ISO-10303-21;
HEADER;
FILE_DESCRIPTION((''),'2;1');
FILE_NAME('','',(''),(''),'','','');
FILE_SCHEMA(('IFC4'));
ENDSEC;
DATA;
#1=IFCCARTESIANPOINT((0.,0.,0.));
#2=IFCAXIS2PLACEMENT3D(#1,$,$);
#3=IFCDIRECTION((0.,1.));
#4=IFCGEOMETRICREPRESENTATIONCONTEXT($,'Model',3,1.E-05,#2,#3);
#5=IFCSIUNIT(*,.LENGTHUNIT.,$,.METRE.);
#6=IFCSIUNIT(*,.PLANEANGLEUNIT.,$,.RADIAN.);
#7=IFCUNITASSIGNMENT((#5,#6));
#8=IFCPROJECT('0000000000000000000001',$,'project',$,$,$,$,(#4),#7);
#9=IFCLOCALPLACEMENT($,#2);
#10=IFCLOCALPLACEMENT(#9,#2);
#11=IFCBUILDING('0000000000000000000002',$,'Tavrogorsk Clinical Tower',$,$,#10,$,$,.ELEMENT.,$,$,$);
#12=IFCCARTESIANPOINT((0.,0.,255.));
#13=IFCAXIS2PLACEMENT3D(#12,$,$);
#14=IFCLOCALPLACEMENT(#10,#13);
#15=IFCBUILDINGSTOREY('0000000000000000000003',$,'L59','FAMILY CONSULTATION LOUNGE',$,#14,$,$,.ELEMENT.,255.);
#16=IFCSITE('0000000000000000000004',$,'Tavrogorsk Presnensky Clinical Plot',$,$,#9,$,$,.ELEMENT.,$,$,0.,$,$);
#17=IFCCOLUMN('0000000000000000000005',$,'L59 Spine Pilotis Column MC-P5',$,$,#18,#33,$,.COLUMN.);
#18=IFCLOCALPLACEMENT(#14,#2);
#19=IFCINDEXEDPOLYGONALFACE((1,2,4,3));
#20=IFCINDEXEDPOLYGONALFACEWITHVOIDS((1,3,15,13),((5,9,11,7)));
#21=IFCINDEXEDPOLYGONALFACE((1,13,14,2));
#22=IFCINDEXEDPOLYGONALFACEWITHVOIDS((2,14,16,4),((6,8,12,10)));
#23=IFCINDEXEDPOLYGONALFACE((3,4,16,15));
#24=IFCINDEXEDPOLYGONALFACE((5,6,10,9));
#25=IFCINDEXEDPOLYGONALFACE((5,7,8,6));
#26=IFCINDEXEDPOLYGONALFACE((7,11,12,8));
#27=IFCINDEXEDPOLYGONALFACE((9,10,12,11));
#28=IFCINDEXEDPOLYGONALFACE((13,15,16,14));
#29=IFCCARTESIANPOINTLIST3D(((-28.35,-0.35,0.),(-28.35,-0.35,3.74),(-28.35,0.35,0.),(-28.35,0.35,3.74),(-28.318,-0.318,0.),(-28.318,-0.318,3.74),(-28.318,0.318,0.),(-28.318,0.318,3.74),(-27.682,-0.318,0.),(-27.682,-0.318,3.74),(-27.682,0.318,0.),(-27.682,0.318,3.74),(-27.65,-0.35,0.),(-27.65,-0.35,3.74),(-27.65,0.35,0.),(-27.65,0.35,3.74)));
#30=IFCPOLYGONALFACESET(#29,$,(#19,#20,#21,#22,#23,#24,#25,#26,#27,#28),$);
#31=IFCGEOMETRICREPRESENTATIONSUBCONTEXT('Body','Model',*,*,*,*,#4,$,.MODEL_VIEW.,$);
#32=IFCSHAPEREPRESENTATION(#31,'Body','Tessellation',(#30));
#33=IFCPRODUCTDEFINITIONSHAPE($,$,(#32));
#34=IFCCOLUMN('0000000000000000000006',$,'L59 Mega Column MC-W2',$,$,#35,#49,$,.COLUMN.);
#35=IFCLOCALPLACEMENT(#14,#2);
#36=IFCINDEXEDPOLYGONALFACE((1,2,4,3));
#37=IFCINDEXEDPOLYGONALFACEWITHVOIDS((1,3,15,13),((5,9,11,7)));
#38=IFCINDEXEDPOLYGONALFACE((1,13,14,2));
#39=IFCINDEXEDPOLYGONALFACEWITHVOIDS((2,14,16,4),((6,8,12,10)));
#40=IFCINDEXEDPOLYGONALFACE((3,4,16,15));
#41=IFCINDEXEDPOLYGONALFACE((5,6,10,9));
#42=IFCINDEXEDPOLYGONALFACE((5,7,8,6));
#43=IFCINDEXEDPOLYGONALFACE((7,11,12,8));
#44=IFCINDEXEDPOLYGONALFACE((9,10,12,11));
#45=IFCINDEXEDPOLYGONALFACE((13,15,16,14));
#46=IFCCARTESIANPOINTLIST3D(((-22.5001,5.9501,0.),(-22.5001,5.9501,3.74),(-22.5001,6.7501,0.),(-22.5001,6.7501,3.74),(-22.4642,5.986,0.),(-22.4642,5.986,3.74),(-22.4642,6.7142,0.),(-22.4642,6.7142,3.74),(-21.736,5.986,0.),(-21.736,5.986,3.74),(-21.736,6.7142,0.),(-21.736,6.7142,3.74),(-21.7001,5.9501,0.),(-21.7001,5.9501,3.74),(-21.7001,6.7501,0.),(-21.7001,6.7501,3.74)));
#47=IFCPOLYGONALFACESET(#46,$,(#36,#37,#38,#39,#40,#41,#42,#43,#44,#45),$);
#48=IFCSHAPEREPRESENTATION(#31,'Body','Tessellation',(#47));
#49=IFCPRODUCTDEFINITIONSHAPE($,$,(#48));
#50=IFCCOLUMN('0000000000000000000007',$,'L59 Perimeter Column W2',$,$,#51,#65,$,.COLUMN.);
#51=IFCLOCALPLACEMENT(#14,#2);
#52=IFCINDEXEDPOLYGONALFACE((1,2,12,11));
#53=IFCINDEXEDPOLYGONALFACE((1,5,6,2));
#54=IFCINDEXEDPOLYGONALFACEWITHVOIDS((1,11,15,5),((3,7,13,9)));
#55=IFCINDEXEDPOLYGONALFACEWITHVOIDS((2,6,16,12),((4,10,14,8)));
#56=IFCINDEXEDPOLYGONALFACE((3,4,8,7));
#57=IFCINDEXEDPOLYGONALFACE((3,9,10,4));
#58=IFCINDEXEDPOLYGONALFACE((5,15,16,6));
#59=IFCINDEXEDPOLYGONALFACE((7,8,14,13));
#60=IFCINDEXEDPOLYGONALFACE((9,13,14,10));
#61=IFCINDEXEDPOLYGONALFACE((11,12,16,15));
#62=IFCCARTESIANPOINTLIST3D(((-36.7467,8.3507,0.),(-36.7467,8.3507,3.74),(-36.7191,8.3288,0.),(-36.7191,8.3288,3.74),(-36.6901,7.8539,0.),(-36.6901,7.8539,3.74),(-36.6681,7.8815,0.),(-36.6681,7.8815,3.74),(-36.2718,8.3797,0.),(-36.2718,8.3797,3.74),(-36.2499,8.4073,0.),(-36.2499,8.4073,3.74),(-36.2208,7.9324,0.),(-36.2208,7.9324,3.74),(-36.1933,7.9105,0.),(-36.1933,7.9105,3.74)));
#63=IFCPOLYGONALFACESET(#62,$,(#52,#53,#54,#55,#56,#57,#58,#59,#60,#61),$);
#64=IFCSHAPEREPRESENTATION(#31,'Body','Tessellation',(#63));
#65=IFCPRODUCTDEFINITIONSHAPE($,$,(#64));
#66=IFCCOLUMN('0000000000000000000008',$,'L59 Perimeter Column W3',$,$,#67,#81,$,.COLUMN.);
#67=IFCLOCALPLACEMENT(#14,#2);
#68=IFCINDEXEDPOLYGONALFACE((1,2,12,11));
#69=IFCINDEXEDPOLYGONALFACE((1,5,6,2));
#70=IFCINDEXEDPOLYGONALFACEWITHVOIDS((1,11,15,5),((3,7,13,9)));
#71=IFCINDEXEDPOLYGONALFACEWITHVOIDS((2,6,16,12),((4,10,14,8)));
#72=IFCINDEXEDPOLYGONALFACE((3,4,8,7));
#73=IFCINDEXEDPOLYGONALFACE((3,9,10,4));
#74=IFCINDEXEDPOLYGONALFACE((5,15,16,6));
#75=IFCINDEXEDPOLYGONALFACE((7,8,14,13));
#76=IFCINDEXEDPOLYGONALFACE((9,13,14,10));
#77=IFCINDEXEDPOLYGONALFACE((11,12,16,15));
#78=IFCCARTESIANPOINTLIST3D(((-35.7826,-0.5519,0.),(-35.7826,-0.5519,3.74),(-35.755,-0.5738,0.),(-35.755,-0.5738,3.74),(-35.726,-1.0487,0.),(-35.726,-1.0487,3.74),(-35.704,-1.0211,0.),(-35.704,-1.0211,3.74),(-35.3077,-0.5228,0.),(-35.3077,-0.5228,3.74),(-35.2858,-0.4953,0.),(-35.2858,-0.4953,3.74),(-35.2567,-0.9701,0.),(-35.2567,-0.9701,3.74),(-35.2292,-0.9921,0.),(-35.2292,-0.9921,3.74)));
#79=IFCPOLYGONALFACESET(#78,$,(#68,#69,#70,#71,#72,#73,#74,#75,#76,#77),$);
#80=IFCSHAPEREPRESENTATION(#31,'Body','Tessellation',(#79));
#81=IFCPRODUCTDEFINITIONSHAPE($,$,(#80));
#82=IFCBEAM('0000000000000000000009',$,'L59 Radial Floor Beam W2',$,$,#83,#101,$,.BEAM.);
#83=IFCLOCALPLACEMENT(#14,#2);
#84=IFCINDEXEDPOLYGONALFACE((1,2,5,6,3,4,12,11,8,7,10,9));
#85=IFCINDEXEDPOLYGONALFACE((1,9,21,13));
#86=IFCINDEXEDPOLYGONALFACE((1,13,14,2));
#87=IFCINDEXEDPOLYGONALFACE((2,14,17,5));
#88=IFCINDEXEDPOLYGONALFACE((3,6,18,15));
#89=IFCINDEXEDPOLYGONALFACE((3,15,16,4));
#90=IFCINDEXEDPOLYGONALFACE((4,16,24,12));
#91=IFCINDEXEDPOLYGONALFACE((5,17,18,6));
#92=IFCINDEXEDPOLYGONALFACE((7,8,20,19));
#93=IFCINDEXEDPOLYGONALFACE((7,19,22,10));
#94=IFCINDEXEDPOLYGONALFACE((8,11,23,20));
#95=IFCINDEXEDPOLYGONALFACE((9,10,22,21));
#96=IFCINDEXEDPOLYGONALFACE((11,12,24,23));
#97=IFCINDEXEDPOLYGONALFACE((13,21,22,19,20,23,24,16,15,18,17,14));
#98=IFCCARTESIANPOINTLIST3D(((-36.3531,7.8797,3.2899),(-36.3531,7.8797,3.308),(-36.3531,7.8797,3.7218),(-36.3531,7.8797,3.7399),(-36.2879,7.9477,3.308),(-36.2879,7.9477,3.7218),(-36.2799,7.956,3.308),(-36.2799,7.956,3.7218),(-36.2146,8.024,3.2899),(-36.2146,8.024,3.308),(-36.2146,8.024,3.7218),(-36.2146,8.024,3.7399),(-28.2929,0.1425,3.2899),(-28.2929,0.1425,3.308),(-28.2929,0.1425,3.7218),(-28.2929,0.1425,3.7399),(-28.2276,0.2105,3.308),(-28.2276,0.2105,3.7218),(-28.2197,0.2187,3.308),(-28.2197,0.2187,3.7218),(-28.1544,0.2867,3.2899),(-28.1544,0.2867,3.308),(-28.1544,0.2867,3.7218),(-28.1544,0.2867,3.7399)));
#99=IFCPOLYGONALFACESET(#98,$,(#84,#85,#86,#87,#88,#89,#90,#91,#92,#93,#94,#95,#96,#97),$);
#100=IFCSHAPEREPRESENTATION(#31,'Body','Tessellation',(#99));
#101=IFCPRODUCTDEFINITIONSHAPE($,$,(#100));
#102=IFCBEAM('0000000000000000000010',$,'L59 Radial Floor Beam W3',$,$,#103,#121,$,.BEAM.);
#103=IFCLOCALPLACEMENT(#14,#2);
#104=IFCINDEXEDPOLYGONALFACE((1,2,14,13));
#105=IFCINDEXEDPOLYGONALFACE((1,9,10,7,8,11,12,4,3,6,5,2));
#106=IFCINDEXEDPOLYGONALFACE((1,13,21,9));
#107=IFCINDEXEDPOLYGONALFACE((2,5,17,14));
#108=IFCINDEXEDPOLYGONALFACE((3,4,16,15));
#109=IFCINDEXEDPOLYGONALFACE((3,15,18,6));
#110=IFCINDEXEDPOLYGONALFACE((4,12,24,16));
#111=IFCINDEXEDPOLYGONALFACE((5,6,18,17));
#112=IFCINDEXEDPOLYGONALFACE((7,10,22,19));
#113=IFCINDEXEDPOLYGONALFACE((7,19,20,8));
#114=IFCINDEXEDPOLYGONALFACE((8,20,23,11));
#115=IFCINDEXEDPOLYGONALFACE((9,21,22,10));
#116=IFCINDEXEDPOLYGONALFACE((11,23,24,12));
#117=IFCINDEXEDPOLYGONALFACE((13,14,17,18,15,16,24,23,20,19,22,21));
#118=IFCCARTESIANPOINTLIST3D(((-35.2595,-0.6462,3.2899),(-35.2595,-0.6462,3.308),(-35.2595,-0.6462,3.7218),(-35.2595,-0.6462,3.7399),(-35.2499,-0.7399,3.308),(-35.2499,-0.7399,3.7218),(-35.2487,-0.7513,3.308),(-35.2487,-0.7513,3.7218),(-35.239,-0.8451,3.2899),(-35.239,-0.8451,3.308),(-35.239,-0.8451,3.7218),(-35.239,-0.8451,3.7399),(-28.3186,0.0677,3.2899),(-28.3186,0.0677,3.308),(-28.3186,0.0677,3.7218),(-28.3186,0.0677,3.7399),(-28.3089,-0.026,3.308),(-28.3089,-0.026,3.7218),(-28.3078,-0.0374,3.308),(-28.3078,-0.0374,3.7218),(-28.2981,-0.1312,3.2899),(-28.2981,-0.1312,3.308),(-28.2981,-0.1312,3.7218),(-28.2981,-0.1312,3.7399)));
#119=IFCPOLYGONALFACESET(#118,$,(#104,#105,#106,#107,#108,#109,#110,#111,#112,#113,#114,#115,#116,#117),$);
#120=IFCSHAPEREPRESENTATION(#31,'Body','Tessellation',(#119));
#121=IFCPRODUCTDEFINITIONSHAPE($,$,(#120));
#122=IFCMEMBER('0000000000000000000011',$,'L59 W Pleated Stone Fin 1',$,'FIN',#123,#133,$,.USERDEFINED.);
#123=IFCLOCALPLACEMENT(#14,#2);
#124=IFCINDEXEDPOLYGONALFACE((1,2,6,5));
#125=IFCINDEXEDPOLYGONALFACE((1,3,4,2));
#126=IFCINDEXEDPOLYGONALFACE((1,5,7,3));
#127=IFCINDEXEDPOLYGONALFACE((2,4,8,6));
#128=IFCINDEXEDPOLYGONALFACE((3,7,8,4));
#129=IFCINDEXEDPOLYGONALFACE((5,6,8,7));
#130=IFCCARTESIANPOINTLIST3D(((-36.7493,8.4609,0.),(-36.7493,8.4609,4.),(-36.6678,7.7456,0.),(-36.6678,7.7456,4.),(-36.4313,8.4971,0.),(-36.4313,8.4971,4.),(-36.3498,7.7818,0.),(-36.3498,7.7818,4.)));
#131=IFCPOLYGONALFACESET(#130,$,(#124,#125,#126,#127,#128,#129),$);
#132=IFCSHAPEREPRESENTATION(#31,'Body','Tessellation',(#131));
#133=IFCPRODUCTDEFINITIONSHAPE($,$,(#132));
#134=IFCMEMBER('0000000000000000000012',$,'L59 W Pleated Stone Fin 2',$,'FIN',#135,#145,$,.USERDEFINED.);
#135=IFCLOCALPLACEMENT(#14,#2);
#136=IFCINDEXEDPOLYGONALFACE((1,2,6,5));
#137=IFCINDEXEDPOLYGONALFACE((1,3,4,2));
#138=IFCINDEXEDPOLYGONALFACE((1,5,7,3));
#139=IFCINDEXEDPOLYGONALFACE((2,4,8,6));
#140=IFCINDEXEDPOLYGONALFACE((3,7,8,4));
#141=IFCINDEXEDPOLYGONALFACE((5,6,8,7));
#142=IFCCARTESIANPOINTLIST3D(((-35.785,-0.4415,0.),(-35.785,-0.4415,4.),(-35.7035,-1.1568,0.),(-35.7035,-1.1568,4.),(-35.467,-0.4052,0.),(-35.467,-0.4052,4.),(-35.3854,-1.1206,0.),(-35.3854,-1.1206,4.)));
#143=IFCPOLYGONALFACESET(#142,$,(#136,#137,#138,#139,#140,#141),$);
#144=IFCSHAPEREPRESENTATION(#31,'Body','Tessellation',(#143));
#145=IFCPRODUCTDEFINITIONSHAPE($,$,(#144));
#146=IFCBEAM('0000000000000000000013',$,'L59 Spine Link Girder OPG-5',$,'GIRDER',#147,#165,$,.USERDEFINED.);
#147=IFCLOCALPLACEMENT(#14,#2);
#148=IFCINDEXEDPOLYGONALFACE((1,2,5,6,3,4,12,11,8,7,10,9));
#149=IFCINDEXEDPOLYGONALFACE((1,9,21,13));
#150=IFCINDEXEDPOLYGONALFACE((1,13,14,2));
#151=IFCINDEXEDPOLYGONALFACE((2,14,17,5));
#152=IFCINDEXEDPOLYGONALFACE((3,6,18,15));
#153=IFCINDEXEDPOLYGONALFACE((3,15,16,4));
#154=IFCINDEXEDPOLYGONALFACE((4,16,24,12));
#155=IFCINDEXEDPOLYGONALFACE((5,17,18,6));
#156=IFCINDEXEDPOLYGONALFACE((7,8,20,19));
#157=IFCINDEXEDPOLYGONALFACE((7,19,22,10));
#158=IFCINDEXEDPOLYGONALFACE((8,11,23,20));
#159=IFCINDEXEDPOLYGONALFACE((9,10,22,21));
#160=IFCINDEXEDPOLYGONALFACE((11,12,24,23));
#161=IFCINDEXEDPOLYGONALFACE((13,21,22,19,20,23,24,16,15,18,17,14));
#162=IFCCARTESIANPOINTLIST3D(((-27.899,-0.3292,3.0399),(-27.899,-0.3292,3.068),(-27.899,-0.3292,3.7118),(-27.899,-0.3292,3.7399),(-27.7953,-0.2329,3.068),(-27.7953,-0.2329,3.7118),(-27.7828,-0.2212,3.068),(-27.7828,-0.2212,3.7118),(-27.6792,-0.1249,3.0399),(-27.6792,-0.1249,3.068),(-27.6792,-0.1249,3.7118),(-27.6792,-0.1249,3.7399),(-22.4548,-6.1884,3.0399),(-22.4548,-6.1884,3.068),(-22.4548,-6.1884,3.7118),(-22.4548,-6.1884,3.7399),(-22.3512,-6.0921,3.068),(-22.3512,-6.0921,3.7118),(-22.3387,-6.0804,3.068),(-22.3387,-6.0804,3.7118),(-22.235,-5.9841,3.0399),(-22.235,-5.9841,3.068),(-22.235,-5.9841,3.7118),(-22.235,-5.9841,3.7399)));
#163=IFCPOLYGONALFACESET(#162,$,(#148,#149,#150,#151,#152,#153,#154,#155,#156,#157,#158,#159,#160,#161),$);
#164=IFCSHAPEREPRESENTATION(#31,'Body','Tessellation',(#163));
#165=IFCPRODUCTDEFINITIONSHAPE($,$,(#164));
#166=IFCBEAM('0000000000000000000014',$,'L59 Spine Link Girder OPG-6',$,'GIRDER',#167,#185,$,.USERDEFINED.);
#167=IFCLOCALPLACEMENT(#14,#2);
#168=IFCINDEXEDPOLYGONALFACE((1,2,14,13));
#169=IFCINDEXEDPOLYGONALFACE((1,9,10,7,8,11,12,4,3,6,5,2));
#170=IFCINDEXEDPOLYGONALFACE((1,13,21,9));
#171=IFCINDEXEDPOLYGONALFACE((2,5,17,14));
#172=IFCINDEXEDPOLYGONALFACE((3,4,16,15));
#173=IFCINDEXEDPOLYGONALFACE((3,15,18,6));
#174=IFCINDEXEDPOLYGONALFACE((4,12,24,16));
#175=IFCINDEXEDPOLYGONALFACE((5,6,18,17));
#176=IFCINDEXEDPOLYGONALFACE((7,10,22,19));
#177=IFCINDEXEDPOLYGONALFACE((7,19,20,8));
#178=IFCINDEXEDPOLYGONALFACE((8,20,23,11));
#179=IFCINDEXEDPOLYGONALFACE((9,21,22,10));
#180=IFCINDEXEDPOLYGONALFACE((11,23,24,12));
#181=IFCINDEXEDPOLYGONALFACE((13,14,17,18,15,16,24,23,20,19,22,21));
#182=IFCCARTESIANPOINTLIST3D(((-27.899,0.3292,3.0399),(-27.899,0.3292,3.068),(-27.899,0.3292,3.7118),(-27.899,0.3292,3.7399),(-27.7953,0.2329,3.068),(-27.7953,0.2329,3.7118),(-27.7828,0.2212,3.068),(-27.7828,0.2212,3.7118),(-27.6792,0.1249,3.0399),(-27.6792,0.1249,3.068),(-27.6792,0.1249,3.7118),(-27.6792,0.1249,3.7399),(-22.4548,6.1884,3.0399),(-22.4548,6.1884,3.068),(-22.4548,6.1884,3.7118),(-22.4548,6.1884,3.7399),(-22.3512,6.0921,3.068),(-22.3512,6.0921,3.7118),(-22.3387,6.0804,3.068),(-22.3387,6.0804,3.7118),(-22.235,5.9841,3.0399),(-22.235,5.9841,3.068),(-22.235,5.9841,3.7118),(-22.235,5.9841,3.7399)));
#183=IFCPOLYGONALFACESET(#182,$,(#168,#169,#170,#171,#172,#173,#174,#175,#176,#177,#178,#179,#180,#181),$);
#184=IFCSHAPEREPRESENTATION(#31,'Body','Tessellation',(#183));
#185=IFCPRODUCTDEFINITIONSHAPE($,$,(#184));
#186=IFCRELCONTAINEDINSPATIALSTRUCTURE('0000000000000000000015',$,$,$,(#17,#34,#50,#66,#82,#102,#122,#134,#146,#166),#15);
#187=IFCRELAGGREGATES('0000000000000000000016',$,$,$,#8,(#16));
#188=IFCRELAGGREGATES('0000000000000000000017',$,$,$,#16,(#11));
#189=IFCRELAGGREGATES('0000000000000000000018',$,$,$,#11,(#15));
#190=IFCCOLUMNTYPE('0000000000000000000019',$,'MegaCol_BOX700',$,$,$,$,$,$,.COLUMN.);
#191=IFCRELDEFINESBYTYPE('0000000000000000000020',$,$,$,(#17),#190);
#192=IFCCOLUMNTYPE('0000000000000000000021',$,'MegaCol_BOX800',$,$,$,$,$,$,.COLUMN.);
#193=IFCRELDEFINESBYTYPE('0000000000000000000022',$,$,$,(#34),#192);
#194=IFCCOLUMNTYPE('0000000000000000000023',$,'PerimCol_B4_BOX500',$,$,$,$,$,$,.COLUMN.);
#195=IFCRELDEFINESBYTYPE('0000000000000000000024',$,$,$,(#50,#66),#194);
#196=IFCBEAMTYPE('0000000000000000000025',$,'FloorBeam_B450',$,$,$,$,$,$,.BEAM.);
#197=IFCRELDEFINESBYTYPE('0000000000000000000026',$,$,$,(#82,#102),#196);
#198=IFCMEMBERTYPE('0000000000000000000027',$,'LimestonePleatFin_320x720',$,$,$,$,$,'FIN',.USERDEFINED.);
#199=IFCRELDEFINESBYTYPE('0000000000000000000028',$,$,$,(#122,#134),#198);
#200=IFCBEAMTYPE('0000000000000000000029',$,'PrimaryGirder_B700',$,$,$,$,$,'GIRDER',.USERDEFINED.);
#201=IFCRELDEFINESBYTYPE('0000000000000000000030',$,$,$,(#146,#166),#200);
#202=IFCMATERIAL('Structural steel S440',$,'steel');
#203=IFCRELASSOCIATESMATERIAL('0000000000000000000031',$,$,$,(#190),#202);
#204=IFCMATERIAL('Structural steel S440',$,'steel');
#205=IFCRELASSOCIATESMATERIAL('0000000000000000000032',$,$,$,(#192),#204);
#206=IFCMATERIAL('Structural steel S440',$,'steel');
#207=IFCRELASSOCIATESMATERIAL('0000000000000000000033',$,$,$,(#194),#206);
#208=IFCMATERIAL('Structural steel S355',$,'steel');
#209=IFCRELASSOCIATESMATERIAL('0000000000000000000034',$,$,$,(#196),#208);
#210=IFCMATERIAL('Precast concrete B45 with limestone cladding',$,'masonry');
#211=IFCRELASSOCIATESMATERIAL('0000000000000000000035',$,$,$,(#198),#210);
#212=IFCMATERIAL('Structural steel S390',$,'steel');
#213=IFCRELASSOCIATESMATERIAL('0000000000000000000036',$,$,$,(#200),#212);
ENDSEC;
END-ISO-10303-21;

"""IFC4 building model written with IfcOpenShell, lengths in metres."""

from ifc_helpers import new_model, si_unit, direction, frame, origin, origin_2d, place, context, subcontext, project, spatial, rectangle, hollow_rectangle, i_section, extrude, material, material_profile, profile_set, type_object, element, save


model = new_model("IFC4")

# Units and contexts
model_context = context("Model", 3, precision=1e-05, world=origin(), true_north=direction((0.0, 1.0)))
body_context = subcontext(model_context, "Body", "Model", "MODEL_VIEW")
ifc_project = project(units=[si_unit("LENGTHUNIT", "METRE"), si_unit("PLANEANGLEUNIT", "RADIAN")], contexts=[model_context])

# Site, building, storey
site_placement = place(None, origin())
site = spatial("IfcSite", under=ifc_project, at=site_placement, Name="Tavrogorsk Presnensky Clinical Plot", CompositionType="ELEMENT", RefElevation=0.0)
building_placement = place(site_placement, origin())
building = spatial("IfcBuilding", under=site, at=building_placement, Name="Tavrogorsk Clinical Tower", CompositionType="ELEMENT")
storey_placement = place(building_placement, frame((0.0, 0.0, 255.0)))
storey = spatial("IfcBuildingStorey", under=building, at=storey_placement, Name="L59", Description="FAMILY CONSULTATION LOUNGE", CompositionType="ELEMENT", Elevation=255.0)

# Columns
ifc_material_1 = material(Name="Structural steel S440", Category="steel")
ifc_material_profile_1 = material_profile(ifc_material_1, hollow_rectangle(XDim=0.7, YDim=0.7, WallThickness=0.032, at=origin_2d()), Name="BOX-700x700x32")
ifc_profile_set_1 = profile_set([ifc_material_profile_1], Name="Structural steel S440")
column_type_1 = type_object("IfcColumnType", Name="MegaCol_BOX700", PredefinedType="COLUMN", material=ifc_profile_set_1)
column_1_placement = place(storey_placement, frame((-28.0, 0.0, 0.0), z_axis=(0.0, 0.0, 1.0), x_axis=(1.0, 0.0, 0.0)))
element("IfcColumn", 1, at=column_1_placement, inside=storey, type_object=column_type_1, Name="L59 Spine Pilotis Column MC-P5", PredefinedType="COLUMN", context=body_context, shape_type="SweptSolid", body=[
    extrude(hollow_rectangle(XDim=0.7, YDim=0.7, WallThickness=0.032, at=origin_2d()), origin(), (0.0, 0.0, 1.0), 3.74),
])
ifc_material_2 = material(Name="Structural steel S440", Category="steel")
ifc_material_profile_2 = material_profile(ifc_material_2, hollow_rectangle(XDim=0.8, YDim=0.8, WallThickness=0.0359, at=origin_2d()), Name="BOX-800x800x36")
ifc_profile_set_2 = profile_set([ifc_material_profile_2], Name="Structural steel S440")
column_type_2 = type_object("IfcColumnType", Name="MegaCol_BOX800", PredefinedType="COLUMN", material=ifc_profile_set_2)
column_2_placement = place(storey_placement, frame((-22.1001, 6.3501, 0.0), z_axis=(0.0, 0.0, 1.0), x_axis=(1.0, 0.0, 0.0)))
element("IfcColumn", 2, at=column_2_placement, inside=storey, type_object=column_type_2, Name="L59 Mega Column MC-W2", PredefinedType="COLUMN", context=body_context, shape_type="SweptSolid", body=[
    extrude(hollow_rectangle(XDim=0.8, YDim=0.8, WallThickness=0.0359, at=origin_2d()), origin(), (0.0, 0.0, 1.0), 3.74),
])
ifc_material_3 = material(Name="Structural steel S440", Category="steel")
ifc_material_profile_3 = material_profile(ifc_material_3, hollow_rectangle(XDim=0.5, YDim=0.5, WallThickness=0.0249, at=origin_2d()), Name="BOX-500x500x25")
ifc_profile_set_3 = profile_set([ifc_material_profile_3], Name="Structural steel S440")
column_type_3 = type_object("IfcColumnType", Name="PerimCol_B4_BOX500", PredefinedType="COLUMN", material=ifc_profile_set_3)
for number, where, z_axis, x_axis, name in (
    (3, (-36.47, 8.1306, 0.0), (0.0, 0.0, 1.0), (0.993572, 0.113203, 0.0), "L59 Perimeter Column W2"),
    (4, (-35.5059, -0.772, 0.0), (0.0, 0.0, 1.0), (0.993572, 0.113203, 0.0), "L59 Perimeter Column W3"),
):
    element("IfcColumn", number, at=place(storey_placement, frame(where, z_axis=z_axis, x_axis=x_axis)), inside=storey, type_object=column_type_3, Name=name, PredefinedType="COLUMN", context=body_context, shape_type="SweptSolid", body=[
        extrude(hollow_rectangle(XDim=0.5, YDim=0.5, WallThickness=0.0249, at=origin_2d()), origin(), (0.0, 0.0, 1.0), 3.74),
    ])

# Beams
ifc_material_4 = material(Name="Structural steel S355", Category="steel")
ifc_material_profile_4 = material_profile(ifc_material_4, i_section(OverallWidth=0.2, OverallDepth=0.45, WebThickness=0.0115, FlangeThickness=0.0181, at=origin_2d()), Name="B-450x200x11.5x18")
ifc_profile_set_4 = profile_set([ifc_material_profile_4], Name="Structural steel S355")
beam_type_1 = type_object("IfcBeamType", Name="FloorBeam_B450", PredefinedType="BEAM", material=ifc_profile_set_4)
beam_1_placement = place(storey_placement, frame((-28.2236, 0.2146, 3.5149), z_axis=(-0.721414, 0.692505, 0.0), x_axis=(-0.692505, -0.721414, 0.0)))
element("IfcBeam", 5, at=beam_1_placement, inside=storey, type_object=beam_type_1, Name="L59 Radial Floor Beam W2", PredefinedType="BEAM", context=body_context, shape_type="SweptSolid", body=[
    extrude(i_section(OverallWidth=0.2, OverallDepth=0.45, WebThickness=0.0115, FlangeThickness=0.0181, at=origin_2d()), origin(), (0.0, 0.0, 1.0), 11.1729),
])
beam_2_placement = place(storey_placement, frame((-28.3083, -0.0317, 3.5149), z_axis=(-0.994753, -0.102309, 0.0), x_axis=(0.102309, -0.994753, 0.0)))
element("IfcBeam", 6, at=beam_2_placement, inside=storey, type_object=beam_type_1, Name="L59 Radial Floor Beam W3", PredefinedType="BEAM", context=body_context, shape_type="SweptSolid", body=[
    extrude(i_section(OverallWidth=0.2, OverallDepth=0.45, WebThickness=0.0115, FlangeThickness=0.0181, at=origin_2d()), origin(), (0.0, 0.0, 1.0), 6.9775),
])

# Members
ifc_material_5 = material(Name="Precast concrete B45 with limestone cladding", Category="masonry")
ifc_material_profile_5 = material_profile(ifc_material_5, rectangle(XDim=0.3201, YDim=0.72, at=origin_2d()), Name="LIMESTONE-FIN-320x720")
ifc_profile_set_5 = profile_set([ifc_material_profile_5], Name="Precast concrete B45 with limestone cladding")
member_type = type_object("IfcMemberType", Name="LimestonePleatFin_320x720", ElementType="FIN", PredefinedType="USERDEFINED", material=ifc_profile_set_5)
for number, where, z_axis, x_axis, name in (
    (7, (-36.5496, 8.1213, 0.0), (0.0, 0.0, 1.0), (0.993572, 0.113203, 0.0), "L59 W Pleated Stone Fin 1"),
    (8, (-35.5852, -0.781, 0.0), (0.0, 0.0, 1.0), (0.993572, 0.113203, 0.0), "L59 W Pleated Stone Fin 2"),
):
    element("IfcMember", number, at=place(storey_placement, frame(where, z_axis=z_axis, x_axis=x_axis)), inside=storey, type_object=member_type, Name=name, ObjectType="FIN", PredefinedType="USERDEFINED", context=body_context, shape_type="SweptSolid", body=[
        extrude(rectangle(XDim=0.3201, YDim=0.72, at=origin_2d()), origin(), (0.0, 0.0, 1.0), 4.0),
    ])

# Beams
ifc_material_6 = material(Name="Structural steel S390", Category="steel")
ifc_material_profile_6 = material_profile(ifc_material_6, i_section(OverallWidth=0.3, OverallDepth=0.7, WebThickness=0.0171, FlangeThickness=0.0281, at=origin_2d()), Name="B-700x300x17x28")
ifc_profile_set_6 = profile_set([ifc_material_profile_6], Name="Structural steel S390")
beam_type_2 = type_object("IfcBeamType", Name="PrimaryGirder_B700", ElementType="GIRDER", PredefinedType="USERDEFINED", material=ifc_profile_set_6)
for number, where, z_axis, x_axis, name in (
    (9, (-27.7891, -0.2271, 3.3899), (0.680684, -0.732577, 0.0), (0.732577, 0.680684, 0.0), "L59 Spine Link Girder OPG-5"),
    (10, (-27.7891, 0.2271, 3.3899), (0.680684, 0.732577, 0.0), (-0.732577, 0.680684, 0.0), "L59 Spine Link Girder OPG-6"),
):
    element("IfcBeam", number, at=place(storey_placement, frame(where, z_axis=z_axis, x_axis=x_axis)), inside=storey, type_object=beam_type_2, Name=name, ObjectType="GIRDER", PredefinedType="USERDEFINED", context=body_context, shape_type="SweptSolid", body=[
        extrude(i_section(OverallWidth=0.3, OverallDepth=0.7, WebThickness=0.0171, FlangeThickness=0.0281, at=origin_2d()), origin(), (0.0, 0.0, 1.0), 7.998),
    ])

save(model, "model.ifc")
